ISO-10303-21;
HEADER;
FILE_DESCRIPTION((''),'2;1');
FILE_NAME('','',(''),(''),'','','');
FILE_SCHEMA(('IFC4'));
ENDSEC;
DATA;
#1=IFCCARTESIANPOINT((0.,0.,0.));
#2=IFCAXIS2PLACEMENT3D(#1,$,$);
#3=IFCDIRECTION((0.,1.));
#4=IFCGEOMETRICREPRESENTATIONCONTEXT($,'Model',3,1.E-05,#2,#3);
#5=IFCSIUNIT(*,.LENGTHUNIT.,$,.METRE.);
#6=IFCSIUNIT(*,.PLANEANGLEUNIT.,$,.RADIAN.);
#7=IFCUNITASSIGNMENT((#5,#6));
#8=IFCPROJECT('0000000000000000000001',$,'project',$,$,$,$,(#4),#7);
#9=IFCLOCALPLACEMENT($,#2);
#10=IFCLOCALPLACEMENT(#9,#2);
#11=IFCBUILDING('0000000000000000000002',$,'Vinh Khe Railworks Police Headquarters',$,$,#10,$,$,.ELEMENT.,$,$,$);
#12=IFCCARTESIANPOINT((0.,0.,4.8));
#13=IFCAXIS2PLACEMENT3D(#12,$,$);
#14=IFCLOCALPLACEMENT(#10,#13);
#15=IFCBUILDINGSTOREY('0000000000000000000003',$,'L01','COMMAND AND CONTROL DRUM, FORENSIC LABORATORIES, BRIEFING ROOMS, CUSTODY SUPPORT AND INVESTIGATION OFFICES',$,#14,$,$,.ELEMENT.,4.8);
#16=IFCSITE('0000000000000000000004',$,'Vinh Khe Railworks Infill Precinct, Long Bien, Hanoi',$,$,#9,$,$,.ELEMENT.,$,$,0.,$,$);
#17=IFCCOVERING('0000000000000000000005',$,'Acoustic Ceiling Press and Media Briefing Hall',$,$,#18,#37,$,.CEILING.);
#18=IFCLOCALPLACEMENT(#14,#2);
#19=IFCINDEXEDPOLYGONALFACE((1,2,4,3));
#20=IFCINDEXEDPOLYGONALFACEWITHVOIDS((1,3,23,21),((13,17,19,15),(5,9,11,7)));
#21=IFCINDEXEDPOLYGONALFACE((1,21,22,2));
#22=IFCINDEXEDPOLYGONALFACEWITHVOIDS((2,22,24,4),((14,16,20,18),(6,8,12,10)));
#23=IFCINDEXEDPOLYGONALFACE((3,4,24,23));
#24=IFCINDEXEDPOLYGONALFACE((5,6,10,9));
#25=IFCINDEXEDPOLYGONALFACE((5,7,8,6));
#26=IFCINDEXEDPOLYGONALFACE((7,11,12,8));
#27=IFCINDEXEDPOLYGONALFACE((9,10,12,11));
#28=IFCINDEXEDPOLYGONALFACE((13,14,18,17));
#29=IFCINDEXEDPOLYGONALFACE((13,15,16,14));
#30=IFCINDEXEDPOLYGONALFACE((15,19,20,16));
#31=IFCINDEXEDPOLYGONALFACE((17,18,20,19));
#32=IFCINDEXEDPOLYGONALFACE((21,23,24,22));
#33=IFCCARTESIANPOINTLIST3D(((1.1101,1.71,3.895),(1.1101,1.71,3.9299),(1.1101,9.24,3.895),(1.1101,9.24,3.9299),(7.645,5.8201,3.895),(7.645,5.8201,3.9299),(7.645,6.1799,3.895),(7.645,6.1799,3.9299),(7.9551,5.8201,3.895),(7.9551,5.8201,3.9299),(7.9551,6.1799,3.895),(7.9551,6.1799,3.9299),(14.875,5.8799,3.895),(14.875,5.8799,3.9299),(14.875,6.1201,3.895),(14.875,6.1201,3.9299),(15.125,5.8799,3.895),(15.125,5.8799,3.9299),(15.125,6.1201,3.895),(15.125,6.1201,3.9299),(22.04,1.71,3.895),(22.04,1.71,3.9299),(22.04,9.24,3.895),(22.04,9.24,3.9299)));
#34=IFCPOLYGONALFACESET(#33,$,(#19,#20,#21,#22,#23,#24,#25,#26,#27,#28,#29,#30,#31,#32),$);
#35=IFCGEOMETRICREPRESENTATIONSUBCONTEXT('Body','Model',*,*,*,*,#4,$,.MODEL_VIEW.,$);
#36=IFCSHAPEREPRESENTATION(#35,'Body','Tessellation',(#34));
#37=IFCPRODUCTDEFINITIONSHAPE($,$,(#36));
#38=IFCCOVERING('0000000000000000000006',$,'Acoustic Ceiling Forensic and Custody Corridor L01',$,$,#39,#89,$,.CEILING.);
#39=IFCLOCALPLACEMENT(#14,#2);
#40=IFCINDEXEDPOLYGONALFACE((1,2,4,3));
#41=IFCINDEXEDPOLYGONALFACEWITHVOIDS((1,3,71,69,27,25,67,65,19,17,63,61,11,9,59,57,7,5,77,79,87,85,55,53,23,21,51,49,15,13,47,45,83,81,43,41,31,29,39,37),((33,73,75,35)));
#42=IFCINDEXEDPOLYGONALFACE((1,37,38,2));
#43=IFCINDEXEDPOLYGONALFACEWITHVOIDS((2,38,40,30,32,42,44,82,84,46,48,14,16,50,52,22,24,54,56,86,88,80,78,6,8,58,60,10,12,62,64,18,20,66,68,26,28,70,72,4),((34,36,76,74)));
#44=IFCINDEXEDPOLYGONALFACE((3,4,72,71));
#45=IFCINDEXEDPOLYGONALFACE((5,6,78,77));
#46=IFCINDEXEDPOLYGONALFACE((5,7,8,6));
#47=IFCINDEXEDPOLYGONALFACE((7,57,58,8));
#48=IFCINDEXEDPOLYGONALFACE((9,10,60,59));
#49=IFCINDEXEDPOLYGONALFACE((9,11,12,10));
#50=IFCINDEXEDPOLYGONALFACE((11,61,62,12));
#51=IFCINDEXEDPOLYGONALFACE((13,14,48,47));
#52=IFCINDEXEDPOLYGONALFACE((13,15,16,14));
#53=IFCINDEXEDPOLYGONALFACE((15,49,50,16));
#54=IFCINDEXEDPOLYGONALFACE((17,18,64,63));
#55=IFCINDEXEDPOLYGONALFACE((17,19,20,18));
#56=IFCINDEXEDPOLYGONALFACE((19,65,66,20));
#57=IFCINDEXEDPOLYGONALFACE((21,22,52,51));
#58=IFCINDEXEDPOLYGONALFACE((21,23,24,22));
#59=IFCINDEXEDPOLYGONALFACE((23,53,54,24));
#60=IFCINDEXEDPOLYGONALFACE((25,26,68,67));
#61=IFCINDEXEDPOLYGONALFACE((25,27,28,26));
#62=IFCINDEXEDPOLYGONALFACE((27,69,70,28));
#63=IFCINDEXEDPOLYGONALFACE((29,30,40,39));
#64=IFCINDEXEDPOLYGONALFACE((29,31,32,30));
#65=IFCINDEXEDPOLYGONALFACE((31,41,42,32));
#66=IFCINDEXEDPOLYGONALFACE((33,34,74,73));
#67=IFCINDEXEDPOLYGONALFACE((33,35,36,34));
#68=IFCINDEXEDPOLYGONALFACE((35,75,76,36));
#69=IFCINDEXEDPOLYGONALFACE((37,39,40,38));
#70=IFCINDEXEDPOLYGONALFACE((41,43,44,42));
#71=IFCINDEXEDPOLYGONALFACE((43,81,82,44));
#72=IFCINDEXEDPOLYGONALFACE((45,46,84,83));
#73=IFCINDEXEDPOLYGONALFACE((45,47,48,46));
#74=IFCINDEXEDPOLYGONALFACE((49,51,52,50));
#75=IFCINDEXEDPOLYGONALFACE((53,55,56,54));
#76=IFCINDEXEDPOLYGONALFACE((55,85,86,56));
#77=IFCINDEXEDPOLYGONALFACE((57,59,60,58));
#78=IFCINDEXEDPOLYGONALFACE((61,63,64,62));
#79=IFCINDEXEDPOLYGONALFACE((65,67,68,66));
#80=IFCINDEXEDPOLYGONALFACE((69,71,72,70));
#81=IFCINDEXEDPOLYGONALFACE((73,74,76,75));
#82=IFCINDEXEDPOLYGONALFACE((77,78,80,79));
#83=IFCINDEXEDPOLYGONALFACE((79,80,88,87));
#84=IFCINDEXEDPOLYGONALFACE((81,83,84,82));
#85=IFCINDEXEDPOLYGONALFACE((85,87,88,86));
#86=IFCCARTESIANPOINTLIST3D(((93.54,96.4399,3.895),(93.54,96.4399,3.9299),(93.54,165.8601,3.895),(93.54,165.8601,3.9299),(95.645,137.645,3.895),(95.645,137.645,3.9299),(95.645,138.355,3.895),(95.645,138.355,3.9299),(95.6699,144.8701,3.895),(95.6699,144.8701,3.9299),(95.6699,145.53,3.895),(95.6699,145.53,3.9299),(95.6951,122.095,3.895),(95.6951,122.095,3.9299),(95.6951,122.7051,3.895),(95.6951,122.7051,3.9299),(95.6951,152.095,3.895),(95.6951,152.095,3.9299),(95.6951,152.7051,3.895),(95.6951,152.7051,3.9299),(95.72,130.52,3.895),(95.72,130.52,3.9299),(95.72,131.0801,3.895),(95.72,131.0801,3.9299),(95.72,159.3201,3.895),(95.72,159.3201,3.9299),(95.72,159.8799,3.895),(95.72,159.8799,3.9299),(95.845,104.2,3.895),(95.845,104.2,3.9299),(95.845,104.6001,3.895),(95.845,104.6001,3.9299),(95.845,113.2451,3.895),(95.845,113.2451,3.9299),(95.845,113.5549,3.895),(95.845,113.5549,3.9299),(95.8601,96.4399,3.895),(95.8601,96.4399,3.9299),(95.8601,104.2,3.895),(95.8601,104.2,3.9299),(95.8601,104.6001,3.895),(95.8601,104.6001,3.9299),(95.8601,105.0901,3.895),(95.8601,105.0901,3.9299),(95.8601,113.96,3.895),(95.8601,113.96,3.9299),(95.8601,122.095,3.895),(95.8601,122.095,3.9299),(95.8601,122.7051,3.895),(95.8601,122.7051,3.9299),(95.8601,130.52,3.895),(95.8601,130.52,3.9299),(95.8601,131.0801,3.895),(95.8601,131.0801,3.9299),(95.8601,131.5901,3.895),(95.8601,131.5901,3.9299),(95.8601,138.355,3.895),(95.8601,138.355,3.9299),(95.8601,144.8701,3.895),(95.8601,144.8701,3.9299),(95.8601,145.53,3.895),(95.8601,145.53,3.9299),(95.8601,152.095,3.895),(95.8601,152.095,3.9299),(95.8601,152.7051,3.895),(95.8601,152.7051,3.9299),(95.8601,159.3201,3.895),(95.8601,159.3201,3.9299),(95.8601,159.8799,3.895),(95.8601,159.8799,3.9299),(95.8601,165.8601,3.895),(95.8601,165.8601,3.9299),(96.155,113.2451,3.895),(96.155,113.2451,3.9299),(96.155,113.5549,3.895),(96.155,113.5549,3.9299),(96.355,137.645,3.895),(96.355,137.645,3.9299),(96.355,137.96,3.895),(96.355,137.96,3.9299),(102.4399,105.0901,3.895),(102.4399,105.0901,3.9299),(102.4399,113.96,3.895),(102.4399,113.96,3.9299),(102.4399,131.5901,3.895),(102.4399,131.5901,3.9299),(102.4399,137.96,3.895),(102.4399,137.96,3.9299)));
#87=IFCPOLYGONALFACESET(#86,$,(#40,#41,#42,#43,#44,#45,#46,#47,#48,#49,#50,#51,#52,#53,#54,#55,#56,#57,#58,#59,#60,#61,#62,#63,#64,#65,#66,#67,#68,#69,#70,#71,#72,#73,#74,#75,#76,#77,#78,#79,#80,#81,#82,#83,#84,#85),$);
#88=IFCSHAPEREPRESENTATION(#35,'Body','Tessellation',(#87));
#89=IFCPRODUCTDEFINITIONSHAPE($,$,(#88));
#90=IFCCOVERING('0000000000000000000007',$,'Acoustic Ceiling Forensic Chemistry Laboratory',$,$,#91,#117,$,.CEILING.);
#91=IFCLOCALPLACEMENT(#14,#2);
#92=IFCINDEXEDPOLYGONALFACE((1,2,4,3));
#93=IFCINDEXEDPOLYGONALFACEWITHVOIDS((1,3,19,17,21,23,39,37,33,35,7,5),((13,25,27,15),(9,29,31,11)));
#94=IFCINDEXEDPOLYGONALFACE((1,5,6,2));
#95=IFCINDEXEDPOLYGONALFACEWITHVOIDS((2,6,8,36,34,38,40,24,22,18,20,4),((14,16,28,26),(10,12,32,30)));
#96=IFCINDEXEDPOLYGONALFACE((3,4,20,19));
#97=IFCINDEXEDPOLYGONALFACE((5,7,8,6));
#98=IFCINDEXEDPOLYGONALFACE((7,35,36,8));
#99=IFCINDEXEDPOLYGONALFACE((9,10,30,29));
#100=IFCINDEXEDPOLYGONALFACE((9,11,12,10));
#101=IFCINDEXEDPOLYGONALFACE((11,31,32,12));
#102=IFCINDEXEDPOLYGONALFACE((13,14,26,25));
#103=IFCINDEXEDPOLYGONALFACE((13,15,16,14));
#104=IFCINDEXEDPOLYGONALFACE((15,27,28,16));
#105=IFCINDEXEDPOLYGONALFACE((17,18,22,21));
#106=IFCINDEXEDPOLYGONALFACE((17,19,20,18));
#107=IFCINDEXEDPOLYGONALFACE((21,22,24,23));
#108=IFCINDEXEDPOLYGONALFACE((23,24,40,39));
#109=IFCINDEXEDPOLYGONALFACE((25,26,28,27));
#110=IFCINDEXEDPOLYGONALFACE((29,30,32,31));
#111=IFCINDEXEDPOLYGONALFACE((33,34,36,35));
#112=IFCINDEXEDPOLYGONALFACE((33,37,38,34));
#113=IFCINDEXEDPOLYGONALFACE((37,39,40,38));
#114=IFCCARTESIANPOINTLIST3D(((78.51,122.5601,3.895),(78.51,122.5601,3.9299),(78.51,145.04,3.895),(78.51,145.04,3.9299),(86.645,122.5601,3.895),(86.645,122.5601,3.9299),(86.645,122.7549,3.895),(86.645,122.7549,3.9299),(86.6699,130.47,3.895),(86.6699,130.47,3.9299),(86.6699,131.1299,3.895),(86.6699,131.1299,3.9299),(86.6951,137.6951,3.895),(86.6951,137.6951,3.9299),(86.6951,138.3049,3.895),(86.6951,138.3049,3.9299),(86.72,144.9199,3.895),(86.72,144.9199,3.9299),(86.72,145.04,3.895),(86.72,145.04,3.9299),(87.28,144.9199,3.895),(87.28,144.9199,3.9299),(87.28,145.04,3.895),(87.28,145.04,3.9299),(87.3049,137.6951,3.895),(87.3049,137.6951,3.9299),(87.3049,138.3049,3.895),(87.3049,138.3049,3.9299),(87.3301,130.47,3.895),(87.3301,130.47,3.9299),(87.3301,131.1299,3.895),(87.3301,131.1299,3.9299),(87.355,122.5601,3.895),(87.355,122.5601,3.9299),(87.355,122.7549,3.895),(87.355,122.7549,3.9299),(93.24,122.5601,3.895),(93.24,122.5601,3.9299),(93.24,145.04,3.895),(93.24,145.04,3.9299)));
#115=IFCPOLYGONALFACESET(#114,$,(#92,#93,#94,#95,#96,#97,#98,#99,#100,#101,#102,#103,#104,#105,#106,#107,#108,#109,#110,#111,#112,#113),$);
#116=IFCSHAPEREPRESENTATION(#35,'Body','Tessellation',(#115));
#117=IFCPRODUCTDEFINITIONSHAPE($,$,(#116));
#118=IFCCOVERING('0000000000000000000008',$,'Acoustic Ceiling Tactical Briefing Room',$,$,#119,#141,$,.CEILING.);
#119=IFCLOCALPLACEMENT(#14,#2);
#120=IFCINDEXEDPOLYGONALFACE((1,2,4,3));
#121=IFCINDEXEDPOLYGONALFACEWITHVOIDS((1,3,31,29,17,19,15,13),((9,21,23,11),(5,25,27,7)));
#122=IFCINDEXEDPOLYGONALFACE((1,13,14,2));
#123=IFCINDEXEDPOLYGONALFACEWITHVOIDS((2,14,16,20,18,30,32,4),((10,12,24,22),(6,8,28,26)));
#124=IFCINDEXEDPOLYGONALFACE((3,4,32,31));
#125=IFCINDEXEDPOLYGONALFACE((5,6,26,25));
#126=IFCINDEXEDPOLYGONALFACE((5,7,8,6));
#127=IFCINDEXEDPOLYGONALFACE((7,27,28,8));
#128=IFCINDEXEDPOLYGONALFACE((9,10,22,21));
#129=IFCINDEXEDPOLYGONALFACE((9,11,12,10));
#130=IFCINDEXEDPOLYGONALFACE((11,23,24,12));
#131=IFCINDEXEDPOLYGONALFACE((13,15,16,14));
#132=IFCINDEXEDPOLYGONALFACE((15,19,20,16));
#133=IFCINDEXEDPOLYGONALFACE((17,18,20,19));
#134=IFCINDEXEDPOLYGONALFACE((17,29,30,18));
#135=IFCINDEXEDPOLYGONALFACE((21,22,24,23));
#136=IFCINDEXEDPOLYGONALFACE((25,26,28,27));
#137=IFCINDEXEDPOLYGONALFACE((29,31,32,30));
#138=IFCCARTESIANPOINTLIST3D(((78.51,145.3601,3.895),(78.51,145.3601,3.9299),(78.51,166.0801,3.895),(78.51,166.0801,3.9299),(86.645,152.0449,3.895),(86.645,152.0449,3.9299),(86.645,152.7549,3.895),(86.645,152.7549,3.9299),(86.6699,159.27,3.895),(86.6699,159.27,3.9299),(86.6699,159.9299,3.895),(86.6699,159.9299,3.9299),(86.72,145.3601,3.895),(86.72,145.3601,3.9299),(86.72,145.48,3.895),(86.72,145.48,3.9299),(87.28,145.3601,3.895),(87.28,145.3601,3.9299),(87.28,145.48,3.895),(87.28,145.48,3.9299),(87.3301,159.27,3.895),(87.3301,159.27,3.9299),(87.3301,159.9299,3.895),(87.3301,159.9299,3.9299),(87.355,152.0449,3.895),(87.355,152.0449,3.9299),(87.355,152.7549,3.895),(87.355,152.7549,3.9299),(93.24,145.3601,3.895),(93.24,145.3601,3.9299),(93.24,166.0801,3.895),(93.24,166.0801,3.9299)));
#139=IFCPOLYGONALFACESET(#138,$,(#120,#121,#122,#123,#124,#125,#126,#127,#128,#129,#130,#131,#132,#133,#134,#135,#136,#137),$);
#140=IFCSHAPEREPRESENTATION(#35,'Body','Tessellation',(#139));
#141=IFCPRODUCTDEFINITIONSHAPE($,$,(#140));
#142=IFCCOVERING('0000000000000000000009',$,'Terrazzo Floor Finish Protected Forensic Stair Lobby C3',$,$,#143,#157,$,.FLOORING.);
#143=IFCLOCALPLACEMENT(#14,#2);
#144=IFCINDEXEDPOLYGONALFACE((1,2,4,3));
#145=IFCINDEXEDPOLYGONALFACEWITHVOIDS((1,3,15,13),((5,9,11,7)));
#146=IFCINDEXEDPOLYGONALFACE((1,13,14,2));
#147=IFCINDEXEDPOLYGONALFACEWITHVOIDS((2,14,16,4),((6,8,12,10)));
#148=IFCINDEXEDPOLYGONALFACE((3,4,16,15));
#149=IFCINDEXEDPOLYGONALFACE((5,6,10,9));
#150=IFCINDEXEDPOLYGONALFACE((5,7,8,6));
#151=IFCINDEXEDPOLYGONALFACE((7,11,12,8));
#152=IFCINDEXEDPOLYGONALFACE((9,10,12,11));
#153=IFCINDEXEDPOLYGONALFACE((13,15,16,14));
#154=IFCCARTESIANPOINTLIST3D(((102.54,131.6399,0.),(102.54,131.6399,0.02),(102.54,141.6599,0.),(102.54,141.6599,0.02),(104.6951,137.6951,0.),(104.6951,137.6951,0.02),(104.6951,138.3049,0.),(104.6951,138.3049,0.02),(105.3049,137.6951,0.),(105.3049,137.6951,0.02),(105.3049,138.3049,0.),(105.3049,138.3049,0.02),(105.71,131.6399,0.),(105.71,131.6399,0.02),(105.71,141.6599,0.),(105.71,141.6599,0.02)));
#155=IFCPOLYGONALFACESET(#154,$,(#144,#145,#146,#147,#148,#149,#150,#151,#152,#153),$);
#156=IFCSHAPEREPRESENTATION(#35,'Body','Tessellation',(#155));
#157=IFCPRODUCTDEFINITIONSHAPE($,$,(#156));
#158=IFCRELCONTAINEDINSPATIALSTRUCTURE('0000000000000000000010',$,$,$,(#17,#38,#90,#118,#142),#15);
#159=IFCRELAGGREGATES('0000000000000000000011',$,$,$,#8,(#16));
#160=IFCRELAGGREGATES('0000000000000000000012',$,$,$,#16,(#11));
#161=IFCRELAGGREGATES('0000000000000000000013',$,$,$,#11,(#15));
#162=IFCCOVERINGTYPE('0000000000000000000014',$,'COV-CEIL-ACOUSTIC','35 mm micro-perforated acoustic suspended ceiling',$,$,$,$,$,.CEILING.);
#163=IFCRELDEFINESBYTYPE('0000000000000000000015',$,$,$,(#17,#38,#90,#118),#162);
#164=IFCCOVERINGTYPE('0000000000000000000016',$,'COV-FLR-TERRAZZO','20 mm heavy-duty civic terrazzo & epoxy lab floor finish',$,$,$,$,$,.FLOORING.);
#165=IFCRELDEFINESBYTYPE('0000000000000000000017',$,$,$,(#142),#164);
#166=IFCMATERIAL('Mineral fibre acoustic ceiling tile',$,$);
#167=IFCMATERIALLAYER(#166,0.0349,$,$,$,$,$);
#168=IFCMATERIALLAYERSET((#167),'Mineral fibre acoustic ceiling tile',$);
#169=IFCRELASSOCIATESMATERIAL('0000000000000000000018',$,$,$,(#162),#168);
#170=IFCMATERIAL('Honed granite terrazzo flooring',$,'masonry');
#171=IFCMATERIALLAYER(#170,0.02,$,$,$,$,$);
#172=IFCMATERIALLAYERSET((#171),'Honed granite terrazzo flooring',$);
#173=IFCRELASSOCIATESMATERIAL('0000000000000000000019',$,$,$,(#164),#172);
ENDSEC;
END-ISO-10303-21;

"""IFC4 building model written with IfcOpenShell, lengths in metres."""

from ifc_helpers import new_model, si_unit, direction, frame, origin, place, context, subcontext, project, spatial, polyline, outline, extrude, material, layer, layer_set, type_object, element, save


model = new_model("IFC4")

# Units and contexts
model_context = context("Model", 3, precision=1e-05, world=origin(), true_north=direction((0.0, 1.0)))
body_context = subcontext(model_context, "Body", "Model", "MODEL_VIEW")
ifc_project = project(units=[si_unit("LENGTHUNIT", "METRE"), si_unit("PLANEANGLEUNIT", "RADIAN")], contexts=[model_context])

# Site, building, storey
site_placement = place(None, origin())
site = spatial("IfcSite", under=ifc_project, at=site_placement, Name="Vinh Khe Railworks Infill Precinct, Long Bien, Hanoi", CompositionType="ELEMENT", RefElevation=0.0)
building_placement = place(site_placement, origin())
building = spatial("IfcBuilding", under=site, at=building_placement, Name="Vinh Khe Railworks Police Headquarters", CompositionType="ELEMENT")
storey_placement = place(building_placement, frame((0.0, 0.0, 4.8)))
storey = spatial("IfcBuildingStorey", under=building, at=storey_placement, Name="L01", Description="COMMAND AND CONTROL DRUM, FORENSIC LABORATORIES, BRIEFING ROOMS, CUSTODY SUPPORT AND INVESTIGATION OFFICES", CompositionType="ELEMENT", Elevation=4.8)

# Coverings
ifc_material_1 = material(Name="Mineral fibre acoustic ceiling tile")
ifc_layer_1 = layer(ifc_material_1, 0.0349)
ifc_layer_set_1 = layer_set([ifc_layer_1], Name="Mineral fibre acoustic ceiling tile")
covering_type_1 = type_object("IfcCoveringType", Name="COV-CEIL-ACOUSTIC", Description="35 mm micro-perforated acoustic suspended ceiling", PredefinedType="CEILING", material=ifc_layer_set_1)
covering_1_placement = place(storey_placement, frame((0.0, 0.0, 3.895)))
element("IfcCovering", 1, at=covering_1_placement, inside=storey, type_object=covering_type_1, Name="Acoustic Ceiling Press and Media Briefing Hall", PredefinedType="CEILING", context=body_context, shape_type="SweptSolid", body=[
    extrude(outline(polyline([(22.04, 9.24), (1.1101, 9.24), (1.1101, 1.71), (22.04, 1.71), (22.04, 9.24)]), holes=[polyline([(7.9551, 5.8201), (7.645, 5.8201), (7.645, 6.1799), (7.9551, 6.1799), (7.9551, 5.8201)]), polyline([(15.125, 5.8799), (14.875, 5.8799), (14.875, 6.1201), (15.125, 6.1201), (15.125, 5.8799)])]), origin(), (0.0, 0.0, 1.0), 0.0349),
])
covering_2_placement = place(storey_placement, frame((0.0, 0.0, 3.895)))
element("IfcCovering", 2, at=covering_2_placement, inside=storey, type_object=covering_type_1, Name="Acoustic Ceiling Forensic and Custody Corridor L01", PredefinedType="CEILING", context=body_context, shape_type="SweptSolid", body=[
    extrude(outline(polyline([(95.8601, 96.4399), (95.8601, 104.2), (95.845, 104.2), (95.845, 104.6001), (95.8601, 104.6001), (95.8601, 105.0901), (102.4399, 105.0901), (102.4399, 113.96), (95.8601, 113.96), (95.8601, 122.095), (95.6951, 122.095), (95.6951, 122.7051), (95.8601, 122.7051), (95.8601, 130.52), (95.72, 130.52), (95.72, 131.0801), (95.8601, 131.0801), (95.8601, 131.5901), (102.4399, 131.5901), (102.4399, 137.96), (96.355, 137.96), (96.355, 137.645), (95.645, 137.645), (95.645, 138.355), (95.8601, 138.355), (95.8601, 144.8701), (95.6699, 144.8701), (95.6699, 145.53), (95.8601, 145.53), (95.8601, 152.095), (95.6951, 152.095), (95.6951, 152.7051), (95.8601, 152.7051), (95.8601, 159.3201), (95.72, 159.3201), (95.72, 159.8799), (95.8601, 159.8799), (95.8601, 165.8601), (93.54, 165.8601), (93.54, 96.4399), (95.8601, 96.4399)]), holes=[polyline([(96.155, 113.2451), (95.845, 113.2451), (95.845, 113.5549), (96.155, 113.5549), (96.155, 113.2451)])]), origin(), (0.0, 0.0, 1.0), 0.0349),
])
covering_3_placement = place(storey_placement, frame((0.0, 0.0, 3.895)))
element("IfcCovering", 3, at=covering_3_placement, inside=storey, type_object=covering_type_1, Name="Acoustic Ceiling Forensic Chemistry Laboratory", PredefinedType="CEILING", context=body_context, shape_type="SweptSolid", body=[
    extrude(outline(polyline([(87.355, 122.5601), (93.24, 122.5601), (93.24, 145.04), (87.28, 145.04), (87.28, 144.9199), (86.72, 144.9199), (86.72, 145.04), (78.51, 145.04), (78.51, 122.5601), (86.645, 122.5601), (86.645, 122.7549), (87.355, 122.7549), (87.355, 122.5601)]), holes=[polyline([(87.3301, 130.47), (86.6699, 130.47), (86.6699, 131.1299), (87.3301, 131.1299), (87.3301, 130.47)]), polyline([(87.3049, 137.6951), (86.6951, 137.6951), (86.6951, 138.3049), (87.3049, 138.3049), (87.3049, 137.6951)])]), origin(), (0.0, 0.0, 1.0), 0.0349),
])
covering_4_placement = place(storey_placement, frame((0.0, 0.0, 3.895)))
element("IfcCovering", 4, at=covering_4_placement, inside=storey, type_object=covering_type_1, Name="Acoustic Ceiling Tactical Briefing Room", PredefinedType="CEILING", context=body_context, shape_type="SweptSolid", body=[
    extrude(outline(polyline([(93.24, 145.3601), (93.24, 166.0801), (78.51, 166.0801), (78.51, 145.3601), (86.72, 145.3601), (86.72, 145.48), (87.28, 145.48), (87.28, 145.3601), (93.24, 145.3601)]), holes=[polyline([(87.355, 152.0449), (86.645, 152.0449), (86.645, 152.7549), (87.355, 152.7549), (87.355, 152.0449)]), polyline([(87.3301, 159.27), (86.6699, 159.27), (86.6699, 159.9299), (87.3301, 159.9299), (87.3301, 159.27)])]), origin(), (0.0, 0.0, 1.0), 0.0349),
])
ifc_material_2 = material(Name="Honed granite terrazzo flooring", Category="masonry")
ifc_layer_2 = layer(ifc_material_2, 0.02)
ifc_layer_set_2 = layer_set([ifc_layer_2], Name="Honed granite terrazzo flooring")
covering_type_2 = type_object("IfcCoveringType", Name="COV-FLR-TERRAZZO", Description="20 mm heavy-duty civic terrazzo & epoxy lab floor finish", PredefinedType="FLOORING", material=ifc_layer_set_2)
covering_5_placement = place(storey_placement, origin())
element("IfcCovering", 5, at=covering_5_placement, inside=storey, type_object=covering_type_2, Name="Terrazzo Floor Finish Protected Forensic Stair Lobby C3", PredefinedType="FLOORING", context=body_context, shape_type="SweptSolid", body=[
    extrude(outline(polyline([(105.71, 141.6599), (102.54, 141.6599), (102.54, 131.6399), (105.71, 131.6399), (105.71, 141.6599)]), holes=[polyline([(105.3049, 137.6951), (104.6951, 137.6951), (104.6951, 138.3049), (105.3049, 138.3049), (105.3049, 137.6951)])]), origin(), (0.0, 0.0, 1.0), 0.02),
])

save(model, "model.ifc")
